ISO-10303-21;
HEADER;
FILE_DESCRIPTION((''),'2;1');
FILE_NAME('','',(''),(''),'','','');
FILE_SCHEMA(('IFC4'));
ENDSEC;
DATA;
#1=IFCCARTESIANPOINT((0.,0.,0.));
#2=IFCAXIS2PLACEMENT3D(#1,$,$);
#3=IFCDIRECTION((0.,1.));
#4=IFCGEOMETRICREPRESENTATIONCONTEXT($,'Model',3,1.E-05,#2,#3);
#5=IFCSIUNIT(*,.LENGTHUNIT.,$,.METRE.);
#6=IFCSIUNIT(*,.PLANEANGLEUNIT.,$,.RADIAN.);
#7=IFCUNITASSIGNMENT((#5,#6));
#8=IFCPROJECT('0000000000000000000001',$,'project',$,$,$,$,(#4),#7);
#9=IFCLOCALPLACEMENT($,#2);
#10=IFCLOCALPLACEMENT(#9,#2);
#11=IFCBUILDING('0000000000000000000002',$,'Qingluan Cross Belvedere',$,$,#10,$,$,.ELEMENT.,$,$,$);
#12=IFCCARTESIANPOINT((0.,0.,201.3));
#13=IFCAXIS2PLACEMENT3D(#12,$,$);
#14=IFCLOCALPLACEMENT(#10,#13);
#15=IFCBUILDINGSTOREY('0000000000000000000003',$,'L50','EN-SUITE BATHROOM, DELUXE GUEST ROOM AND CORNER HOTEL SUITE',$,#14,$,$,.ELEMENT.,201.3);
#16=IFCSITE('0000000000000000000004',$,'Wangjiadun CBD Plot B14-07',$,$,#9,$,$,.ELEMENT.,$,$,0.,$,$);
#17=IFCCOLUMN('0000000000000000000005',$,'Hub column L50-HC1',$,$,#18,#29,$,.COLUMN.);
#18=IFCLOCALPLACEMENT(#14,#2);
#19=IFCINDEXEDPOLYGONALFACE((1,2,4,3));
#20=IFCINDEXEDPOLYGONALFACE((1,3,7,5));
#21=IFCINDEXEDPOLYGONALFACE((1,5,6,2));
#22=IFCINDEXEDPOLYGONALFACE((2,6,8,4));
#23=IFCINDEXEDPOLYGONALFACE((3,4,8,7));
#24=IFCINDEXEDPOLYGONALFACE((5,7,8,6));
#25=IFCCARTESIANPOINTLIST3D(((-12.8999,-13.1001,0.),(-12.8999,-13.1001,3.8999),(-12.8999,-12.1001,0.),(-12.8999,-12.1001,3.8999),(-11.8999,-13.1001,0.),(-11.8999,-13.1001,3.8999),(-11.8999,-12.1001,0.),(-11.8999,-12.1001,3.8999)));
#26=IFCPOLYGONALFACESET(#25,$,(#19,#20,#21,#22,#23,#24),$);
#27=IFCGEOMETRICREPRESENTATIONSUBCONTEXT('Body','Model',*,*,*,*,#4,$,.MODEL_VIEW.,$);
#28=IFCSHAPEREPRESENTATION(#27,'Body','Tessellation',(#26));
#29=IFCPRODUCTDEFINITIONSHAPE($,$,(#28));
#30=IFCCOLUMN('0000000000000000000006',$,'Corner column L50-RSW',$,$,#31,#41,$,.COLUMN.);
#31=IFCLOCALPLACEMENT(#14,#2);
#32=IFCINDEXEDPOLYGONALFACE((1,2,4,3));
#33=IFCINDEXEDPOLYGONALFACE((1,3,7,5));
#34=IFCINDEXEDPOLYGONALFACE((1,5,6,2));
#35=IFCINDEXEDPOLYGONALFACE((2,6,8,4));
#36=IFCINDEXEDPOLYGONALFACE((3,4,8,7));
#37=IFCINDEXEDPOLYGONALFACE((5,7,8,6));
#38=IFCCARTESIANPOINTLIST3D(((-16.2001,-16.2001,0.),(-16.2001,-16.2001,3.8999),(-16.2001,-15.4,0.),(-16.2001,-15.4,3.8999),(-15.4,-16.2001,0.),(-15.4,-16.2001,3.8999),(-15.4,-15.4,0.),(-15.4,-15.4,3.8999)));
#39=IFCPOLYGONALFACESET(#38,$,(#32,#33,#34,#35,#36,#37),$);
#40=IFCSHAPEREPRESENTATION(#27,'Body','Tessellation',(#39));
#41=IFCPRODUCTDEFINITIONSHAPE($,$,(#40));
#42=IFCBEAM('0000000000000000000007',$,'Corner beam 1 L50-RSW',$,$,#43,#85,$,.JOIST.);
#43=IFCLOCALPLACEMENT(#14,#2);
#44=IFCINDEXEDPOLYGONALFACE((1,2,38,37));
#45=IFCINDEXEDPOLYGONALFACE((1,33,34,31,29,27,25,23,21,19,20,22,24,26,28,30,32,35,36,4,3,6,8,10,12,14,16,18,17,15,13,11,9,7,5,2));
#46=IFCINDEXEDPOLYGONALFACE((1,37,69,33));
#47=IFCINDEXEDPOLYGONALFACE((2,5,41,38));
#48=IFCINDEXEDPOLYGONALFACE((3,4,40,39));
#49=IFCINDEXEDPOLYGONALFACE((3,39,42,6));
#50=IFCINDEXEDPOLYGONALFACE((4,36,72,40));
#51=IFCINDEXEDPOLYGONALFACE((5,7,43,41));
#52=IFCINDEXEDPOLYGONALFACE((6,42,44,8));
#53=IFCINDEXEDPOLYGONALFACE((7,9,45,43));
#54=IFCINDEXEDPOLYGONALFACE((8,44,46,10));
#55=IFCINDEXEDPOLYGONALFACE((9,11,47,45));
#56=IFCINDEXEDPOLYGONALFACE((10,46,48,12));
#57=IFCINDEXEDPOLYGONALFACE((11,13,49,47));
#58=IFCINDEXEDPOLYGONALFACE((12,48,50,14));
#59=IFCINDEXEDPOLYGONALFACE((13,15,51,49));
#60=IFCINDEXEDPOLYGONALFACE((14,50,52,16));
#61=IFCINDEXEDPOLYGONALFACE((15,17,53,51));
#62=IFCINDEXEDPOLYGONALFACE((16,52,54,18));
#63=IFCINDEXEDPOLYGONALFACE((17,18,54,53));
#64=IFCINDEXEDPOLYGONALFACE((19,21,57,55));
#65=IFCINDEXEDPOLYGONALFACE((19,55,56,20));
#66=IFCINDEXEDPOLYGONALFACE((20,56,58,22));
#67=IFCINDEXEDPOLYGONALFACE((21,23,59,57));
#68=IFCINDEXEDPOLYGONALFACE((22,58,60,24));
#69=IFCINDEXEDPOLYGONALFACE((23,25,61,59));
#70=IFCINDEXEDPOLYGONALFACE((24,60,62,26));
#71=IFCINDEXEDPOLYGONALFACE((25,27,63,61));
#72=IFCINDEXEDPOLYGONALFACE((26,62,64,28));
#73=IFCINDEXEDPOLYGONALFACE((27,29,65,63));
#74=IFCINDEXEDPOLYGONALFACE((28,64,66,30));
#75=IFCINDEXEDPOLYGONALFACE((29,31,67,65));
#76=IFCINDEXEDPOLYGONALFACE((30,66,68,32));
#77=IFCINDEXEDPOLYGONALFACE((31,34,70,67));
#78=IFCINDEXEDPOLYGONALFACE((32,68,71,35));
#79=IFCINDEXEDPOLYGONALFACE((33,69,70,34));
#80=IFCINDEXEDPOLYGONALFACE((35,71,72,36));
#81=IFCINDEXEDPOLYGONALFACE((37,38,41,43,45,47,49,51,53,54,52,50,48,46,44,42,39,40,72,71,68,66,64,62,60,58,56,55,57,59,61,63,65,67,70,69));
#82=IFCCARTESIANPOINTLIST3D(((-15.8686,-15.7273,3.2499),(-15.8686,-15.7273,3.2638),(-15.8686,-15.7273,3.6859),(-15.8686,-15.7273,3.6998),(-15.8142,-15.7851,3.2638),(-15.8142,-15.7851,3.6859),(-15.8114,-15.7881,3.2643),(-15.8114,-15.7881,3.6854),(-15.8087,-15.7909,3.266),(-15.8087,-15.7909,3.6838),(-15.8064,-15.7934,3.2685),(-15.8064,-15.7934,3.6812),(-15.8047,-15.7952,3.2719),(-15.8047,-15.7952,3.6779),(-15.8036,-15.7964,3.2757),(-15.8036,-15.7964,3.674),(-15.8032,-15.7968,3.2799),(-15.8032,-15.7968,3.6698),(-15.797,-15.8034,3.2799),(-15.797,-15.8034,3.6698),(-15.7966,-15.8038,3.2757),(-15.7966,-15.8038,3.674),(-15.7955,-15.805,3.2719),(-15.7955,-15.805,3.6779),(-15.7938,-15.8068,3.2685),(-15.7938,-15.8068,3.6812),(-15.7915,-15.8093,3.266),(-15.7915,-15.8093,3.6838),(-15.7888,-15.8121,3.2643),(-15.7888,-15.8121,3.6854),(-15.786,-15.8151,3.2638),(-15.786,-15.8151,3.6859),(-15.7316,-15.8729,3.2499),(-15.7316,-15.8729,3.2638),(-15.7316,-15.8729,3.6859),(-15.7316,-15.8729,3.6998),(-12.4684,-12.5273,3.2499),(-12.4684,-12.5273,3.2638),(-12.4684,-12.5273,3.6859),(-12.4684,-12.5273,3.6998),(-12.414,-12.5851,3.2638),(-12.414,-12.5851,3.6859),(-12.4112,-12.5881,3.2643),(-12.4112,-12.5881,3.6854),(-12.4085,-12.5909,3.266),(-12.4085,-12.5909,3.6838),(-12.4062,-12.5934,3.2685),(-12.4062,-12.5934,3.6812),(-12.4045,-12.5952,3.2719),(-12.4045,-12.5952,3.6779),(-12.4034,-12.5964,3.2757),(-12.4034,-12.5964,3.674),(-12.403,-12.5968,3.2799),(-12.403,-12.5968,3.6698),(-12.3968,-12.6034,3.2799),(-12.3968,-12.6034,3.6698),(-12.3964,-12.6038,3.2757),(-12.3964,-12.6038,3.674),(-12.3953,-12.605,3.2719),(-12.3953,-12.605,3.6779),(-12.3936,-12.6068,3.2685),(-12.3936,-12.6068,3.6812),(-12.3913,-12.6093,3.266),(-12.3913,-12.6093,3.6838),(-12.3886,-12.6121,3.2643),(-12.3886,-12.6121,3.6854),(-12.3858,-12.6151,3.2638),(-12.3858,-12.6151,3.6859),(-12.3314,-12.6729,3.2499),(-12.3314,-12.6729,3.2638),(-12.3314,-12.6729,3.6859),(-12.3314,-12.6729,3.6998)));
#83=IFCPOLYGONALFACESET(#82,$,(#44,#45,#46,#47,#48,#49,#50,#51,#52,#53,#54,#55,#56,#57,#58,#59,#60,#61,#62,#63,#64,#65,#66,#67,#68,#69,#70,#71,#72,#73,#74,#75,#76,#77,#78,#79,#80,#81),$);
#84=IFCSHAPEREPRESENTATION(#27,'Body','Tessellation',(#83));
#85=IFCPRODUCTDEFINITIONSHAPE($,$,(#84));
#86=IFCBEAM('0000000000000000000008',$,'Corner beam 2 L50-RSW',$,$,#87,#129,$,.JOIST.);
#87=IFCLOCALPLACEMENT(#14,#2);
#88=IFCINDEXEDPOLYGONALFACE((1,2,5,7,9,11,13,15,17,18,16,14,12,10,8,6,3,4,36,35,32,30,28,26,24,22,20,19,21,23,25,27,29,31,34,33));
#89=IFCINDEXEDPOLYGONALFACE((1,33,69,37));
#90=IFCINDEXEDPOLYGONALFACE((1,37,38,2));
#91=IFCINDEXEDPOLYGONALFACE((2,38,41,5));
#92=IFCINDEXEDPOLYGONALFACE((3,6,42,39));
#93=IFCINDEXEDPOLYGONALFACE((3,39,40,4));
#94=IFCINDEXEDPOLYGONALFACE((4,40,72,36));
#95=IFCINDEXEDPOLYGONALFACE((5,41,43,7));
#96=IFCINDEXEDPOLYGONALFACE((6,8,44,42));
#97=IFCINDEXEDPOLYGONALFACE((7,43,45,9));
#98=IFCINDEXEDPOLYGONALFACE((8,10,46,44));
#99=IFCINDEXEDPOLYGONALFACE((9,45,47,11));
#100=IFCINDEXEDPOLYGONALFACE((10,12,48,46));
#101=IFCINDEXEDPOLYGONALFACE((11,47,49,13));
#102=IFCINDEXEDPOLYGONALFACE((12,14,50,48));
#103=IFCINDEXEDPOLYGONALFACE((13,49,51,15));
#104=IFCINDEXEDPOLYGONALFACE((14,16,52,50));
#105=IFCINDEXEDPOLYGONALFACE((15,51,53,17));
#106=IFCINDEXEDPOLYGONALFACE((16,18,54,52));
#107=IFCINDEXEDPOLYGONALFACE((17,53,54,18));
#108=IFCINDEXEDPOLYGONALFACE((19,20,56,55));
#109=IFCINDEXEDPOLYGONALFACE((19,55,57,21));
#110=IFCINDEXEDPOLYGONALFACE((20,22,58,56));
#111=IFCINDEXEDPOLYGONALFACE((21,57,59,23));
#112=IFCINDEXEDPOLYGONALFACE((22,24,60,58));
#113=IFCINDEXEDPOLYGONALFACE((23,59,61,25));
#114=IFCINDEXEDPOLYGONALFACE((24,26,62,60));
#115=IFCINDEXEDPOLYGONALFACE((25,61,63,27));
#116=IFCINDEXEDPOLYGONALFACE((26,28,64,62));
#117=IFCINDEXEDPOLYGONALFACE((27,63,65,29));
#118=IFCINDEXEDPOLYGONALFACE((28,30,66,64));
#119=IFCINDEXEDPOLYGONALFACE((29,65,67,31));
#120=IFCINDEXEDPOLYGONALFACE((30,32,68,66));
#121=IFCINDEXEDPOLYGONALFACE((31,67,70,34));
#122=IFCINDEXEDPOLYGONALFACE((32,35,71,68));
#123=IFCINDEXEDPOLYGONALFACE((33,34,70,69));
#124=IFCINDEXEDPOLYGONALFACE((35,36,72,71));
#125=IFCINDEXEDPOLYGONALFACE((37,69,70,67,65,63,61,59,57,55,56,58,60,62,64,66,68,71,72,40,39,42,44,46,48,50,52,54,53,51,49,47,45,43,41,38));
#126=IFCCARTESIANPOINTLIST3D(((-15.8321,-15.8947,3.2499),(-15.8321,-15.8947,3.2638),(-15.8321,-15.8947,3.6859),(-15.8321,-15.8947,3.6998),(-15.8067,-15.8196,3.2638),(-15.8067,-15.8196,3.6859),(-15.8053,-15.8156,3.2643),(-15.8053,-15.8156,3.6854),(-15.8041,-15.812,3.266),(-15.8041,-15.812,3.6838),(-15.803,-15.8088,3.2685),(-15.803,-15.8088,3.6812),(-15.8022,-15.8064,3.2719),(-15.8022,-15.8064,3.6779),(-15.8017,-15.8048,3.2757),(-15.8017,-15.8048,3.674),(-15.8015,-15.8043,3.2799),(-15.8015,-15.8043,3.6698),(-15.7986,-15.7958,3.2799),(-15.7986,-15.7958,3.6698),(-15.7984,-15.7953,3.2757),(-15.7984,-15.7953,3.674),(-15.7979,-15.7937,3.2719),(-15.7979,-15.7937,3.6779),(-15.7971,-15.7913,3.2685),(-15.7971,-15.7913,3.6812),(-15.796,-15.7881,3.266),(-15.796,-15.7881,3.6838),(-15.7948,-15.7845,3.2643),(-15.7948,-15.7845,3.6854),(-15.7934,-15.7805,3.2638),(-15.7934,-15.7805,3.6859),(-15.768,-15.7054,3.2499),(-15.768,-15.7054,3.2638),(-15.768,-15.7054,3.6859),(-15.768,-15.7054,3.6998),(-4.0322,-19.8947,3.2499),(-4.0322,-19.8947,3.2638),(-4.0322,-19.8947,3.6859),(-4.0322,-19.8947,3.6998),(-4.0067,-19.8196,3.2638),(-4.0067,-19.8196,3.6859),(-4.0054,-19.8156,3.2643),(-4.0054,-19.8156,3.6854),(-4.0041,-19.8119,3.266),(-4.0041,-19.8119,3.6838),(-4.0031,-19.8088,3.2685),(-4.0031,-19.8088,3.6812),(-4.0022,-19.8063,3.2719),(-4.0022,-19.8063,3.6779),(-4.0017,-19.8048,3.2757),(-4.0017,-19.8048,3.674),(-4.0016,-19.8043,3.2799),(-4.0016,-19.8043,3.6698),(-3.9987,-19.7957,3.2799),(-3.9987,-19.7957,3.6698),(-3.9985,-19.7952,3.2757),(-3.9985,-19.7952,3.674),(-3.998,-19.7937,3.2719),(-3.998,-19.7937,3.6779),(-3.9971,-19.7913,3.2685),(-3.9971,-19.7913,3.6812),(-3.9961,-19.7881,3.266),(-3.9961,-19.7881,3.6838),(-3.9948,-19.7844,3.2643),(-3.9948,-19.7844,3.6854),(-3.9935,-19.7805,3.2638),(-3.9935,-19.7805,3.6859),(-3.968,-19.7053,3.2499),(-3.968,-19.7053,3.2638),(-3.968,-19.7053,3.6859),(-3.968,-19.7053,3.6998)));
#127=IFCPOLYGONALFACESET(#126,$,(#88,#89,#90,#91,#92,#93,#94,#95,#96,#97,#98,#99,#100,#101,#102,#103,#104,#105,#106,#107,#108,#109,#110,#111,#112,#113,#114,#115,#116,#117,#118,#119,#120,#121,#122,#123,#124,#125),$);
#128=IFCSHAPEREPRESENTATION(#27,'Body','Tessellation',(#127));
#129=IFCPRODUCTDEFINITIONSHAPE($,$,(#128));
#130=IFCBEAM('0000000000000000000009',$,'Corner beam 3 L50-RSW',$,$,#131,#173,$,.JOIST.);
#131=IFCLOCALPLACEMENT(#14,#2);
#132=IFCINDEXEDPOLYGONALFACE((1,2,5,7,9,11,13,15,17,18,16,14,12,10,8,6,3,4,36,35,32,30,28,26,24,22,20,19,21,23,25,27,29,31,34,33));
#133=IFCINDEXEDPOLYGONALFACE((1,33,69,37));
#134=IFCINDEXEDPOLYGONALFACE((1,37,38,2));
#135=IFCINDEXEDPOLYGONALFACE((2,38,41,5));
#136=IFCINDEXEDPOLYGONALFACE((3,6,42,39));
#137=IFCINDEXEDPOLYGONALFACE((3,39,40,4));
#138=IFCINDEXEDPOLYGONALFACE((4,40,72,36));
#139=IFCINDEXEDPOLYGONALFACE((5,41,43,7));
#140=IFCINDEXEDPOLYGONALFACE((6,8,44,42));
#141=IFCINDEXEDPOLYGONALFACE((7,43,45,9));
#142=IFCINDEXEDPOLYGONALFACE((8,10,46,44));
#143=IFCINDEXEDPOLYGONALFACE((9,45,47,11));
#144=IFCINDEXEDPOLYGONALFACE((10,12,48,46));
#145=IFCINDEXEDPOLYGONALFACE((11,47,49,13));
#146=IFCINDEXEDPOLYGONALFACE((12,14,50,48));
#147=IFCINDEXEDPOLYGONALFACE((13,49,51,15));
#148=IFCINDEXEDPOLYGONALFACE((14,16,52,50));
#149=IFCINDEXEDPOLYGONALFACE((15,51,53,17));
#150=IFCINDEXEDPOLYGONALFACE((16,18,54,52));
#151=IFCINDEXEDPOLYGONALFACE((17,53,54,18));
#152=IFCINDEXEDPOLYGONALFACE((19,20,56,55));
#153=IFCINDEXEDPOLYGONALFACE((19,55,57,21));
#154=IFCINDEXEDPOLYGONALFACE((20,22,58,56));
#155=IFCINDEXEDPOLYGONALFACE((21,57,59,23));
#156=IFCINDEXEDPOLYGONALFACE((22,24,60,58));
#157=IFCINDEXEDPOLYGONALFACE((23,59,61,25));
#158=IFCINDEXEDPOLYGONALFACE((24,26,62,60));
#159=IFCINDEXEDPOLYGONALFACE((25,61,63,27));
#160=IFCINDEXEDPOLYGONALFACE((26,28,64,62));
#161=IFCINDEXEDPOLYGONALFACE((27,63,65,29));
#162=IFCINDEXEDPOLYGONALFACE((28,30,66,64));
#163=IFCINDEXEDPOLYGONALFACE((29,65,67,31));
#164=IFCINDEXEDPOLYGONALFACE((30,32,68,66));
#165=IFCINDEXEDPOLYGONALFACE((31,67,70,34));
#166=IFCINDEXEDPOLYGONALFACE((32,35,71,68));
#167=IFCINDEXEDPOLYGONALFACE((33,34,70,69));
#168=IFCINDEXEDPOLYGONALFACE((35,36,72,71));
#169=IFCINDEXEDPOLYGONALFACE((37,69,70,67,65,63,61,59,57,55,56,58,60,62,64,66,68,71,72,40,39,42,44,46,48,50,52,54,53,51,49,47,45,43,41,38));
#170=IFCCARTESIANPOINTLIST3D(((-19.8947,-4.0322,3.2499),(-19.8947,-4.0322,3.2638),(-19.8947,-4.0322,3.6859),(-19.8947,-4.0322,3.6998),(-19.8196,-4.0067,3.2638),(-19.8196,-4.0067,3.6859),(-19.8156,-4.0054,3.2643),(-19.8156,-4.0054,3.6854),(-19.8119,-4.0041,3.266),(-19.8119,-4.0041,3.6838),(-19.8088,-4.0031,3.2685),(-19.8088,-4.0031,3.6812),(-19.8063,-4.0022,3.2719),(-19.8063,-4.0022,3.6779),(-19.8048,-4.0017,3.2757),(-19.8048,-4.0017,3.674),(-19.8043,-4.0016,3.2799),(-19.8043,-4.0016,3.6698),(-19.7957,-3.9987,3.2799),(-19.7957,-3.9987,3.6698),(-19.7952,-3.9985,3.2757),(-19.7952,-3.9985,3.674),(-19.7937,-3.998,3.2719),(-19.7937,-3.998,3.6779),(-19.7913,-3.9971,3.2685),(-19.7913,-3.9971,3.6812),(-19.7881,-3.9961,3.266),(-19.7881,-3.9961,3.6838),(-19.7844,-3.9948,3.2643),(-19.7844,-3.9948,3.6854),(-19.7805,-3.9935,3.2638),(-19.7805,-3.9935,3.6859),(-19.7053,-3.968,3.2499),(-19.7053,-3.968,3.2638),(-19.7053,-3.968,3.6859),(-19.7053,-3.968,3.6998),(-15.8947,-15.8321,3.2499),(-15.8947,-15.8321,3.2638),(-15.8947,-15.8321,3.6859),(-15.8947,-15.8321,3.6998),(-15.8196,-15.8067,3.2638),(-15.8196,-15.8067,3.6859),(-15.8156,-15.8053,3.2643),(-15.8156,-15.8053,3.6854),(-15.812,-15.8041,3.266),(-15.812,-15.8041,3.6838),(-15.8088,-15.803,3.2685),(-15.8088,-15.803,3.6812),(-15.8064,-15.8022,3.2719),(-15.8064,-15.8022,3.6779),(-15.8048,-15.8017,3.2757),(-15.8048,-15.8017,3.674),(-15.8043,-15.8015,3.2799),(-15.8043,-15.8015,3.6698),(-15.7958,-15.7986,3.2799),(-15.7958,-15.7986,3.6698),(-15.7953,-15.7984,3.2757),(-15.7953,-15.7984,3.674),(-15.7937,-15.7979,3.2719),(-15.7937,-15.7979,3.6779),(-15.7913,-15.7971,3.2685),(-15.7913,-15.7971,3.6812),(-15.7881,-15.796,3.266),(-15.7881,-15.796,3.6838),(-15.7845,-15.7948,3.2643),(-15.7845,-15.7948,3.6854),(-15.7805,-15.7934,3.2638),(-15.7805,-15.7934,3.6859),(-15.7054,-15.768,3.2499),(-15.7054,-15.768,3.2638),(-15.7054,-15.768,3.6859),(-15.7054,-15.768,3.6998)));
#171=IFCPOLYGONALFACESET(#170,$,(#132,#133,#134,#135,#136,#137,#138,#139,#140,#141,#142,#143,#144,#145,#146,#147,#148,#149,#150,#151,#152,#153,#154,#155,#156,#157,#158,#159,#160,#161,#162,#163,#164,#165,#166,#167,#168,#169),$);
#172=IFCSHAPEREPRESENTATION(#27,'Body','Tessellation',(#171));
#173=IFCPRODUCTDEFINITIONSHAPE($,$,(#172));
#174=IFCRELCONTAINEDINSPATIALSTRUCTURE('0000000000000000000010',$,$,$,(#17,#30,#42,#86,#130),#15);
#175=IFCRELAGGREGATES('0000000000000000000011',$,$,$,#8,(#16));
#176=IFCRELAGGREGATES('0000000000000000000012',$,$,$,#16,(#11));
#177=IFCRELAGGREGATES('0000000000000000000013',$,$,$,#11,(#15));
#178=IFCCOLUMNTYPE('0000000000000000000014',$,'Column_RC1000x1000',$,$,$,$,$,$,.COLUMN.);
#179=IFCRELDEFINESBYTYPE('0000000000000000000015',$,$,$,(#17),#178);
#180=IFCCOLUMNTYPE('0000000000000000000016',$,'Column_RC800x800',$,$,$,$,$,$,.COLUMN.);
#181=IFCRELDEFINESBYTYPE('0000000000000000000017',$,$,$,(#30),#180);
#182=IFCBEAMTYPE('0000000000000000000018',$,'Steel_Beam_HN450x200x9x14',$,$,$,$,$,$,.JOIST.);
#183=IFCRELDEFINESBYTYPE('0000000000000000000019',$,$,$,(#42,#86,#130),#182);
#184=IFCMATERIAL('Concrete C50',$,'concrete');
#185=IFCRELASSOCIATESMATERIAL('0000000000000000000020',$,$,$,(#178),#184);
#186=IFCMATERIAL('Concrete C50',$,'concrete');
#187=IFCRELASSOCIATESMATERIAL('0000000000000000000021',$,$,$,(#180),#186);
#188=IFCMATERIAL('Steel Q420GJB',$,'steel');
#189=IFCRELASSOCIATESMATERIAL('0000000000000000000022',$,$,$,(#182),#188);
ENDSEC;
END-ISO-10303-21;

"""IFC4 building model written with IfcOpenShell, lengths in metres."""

from ifc_helpers import new_model, si_unit, direction, frame, origin, origin_2d, place, context, subcontext, project, spatial, rectangle, i_section, extrude, material, material_profile, profile_set, type_object, element, save


model = new_model("IFC4")

# Units and contexts
model_context = context("Model", 3, precision=1e-05, world=origin(), true_north=direction((0.0, 1.0)))
body_context = subcontext(model_context, "Body", "Model", "MODEL_VIEW")
ifc_project = project(units=[si_unit("LENGTHUNIT", "METRE"), si_unit("PLANEANGLEUNIT", "RADIAN")], contexts=[model_context])

# Site, building, storey
site_placement = place(None, origin())
site = spatial("IfcSite", under=ifc_project, at=site_placement, Name="Wangjiadun CBD Plot B14-07", CompositionType="ELEMENT", RefElevation=0.0)
building_placement = place(site_placement, origin())
building = spatial("IfcBuilding", under=site, at=building_placement, Name="Qingluan Cross Belvedere", CompositionType="ELEMENT")
storey_placement = place(building_placement, frame((0.0, 0.0, 201.3)))
storey = spatial("IfcBuildingStorey", under=building, at=storey_placement, Name="L50", Description="EN-SUITE BATHROOM, DELUXE GUEST ROOM AND CORNER HOTEL SUITE", CompositionType="ELEMENT", Elevation=201.3)

# Columns
ifc_material_1 = material(Name="Concrete C50", Category="concrete")
ifc_material_profile_1 = material_profile(ifc_material_1, rectangle(XDim=1.0, YDim=1.0, at=origin_2d()), Name="RC1000x1000")
ifc_profile_set_1 = profile_set([ifc_material_profile_1], Name="Concrete C50")
column_type_1 = type_object("IfcColumnType", Name="Column_RC1000x1000", PredefinedType="COLUMN", material=ifc_profile_set_1)
column_1_placement = place(storey_placement, frame((-12.3999, -12.6001, 0.0), z_axis=(0.0, 0.0, 1.0), x_axis=(1.0, 0.0, 0.0)))
element("IfcColumn", 1, at=column_1_placement, inside=storey, type_object=column_type_1, Name="Hub column L50-HC1", PredefinedType="COLUMN", context=body_context, shape_type="SweptSolid", body=[
    extrude(rectangle(XDim=1.0, YDim=1.0, at=origin_2d()), origin(), (0.0, 0.0, 1.0), 3.8999),
])
ifc_material_2 = material(Name="Concrete C50", Category="concrete")
ifc_material_profile_2 = material_profile(ifc_material_2, rectangle(XDim=0.8, YDim=0.8, at=origin_2d()), Name="RC800x800")
ifc_profile_set_2 = profile_set([ifc_material_profile_2], Name="Concrete C50")
column_type_2 = type_object("IfcColumnType", Name="Column_RC800x800", PredefinedType="COLUMN", material=ifc_profile_set_2)
column_2_placement = place(storey_placement, frame((-15.8, -15.8, 0.0), z_axis=(0.0, 0.0, 1.0), x_axis=(1.0, 0.0, 0.0)))
element("IfcColumn", 2, at=column_2_placement, inside=storey, type_object=column_type_2, Name="Corner column L50-RSW", PredefinedType="COLUMN", context=body_context, shape_type="SweptSolid", body=[
    extrude(rectangle(XDim=0.8, YDim=0.8, at=origin_2d()), origin(), (0.0, 0.0, 1.0), 3.8999),
])

# Beams
ifc_material_3 = material(Name="Steel Q420GJB", Category="steel")
ifc_material_profile_3 = material_profile(ifc_material_3, i_section(OverallWidth=0.2, OverallDepth=0.45, WebThickness=0.009, FlangeThickness=0.0139, FilletRadius=0.0161, at=origin_2d()), Name="HN450x200x9x14")
ifc_profile_set_3 = profile_set([ifc_material_profile_3], Name="Steel Q420GJB")
beam_type_1 = type_object("IfcBeamType", Name="Steel_Beam_HN450x200x9x14", PredefinedType="JOIST", material=ifc_profile_set_3)
beam_1_placement = place(storey_placement, frame((-12.3999, -12.6001, 3.4749), z_axis=(-0.72822, -0.685343, 0.0), x_axis=(0.685343, -0.72822, 0.0)))
element("IfcBeam", 3, at=beam_1_placement, inside=storey, type_object=beam_type_1, Name="Corner beam 1 L50-RSW", PredefinedType="JOIST", context=body_context, shape_type="SweptSolid", body=[
    extrude(i_section(OverallWidth=0.2, OverallDepth=0.45, WebThickness=0.009, FlangeThickness=0.0139, FilletRadius=0.0161, at=origin_2d()), origin(), (0.0, 0.0, 1.0), 4.6692),
])
for number, where, z_axis, x_axis, name in (
    (4, (-15.8, -15.8, 3.4749), (0.947066, -0.321038, 0.0), (0.321038, 0.947066, 0.0), "Corner beam 2 L50-RSW"),
    (5, (-15.8, -15.8, 3.4749), (-0.321038, 0.947066, 0.0), (-0.947066, -0.321038, 0.0), "Corner beam 3 L50-RSW"),
):
    element("IfcBeam", number, at=place(storey_placement, frame(where, z_axis=z_axis, x_axis=x_axis)), inside=storey, type_object=beam_type_1, Name=name, PredefinedType="JOIST", context=body_context, shape_type="SweptSolid", body=[
        extrude(i_section(OverallWidth=0.2, OverallDepth=0.45, WebThickness=0.009, FlangeThickness=0.0139, FilletRadius=0.0161, at=origin_2d()), origin(), (0.0, 0.0, 1.0), 12.4595),
    ])

save(model, "model.ifc")
